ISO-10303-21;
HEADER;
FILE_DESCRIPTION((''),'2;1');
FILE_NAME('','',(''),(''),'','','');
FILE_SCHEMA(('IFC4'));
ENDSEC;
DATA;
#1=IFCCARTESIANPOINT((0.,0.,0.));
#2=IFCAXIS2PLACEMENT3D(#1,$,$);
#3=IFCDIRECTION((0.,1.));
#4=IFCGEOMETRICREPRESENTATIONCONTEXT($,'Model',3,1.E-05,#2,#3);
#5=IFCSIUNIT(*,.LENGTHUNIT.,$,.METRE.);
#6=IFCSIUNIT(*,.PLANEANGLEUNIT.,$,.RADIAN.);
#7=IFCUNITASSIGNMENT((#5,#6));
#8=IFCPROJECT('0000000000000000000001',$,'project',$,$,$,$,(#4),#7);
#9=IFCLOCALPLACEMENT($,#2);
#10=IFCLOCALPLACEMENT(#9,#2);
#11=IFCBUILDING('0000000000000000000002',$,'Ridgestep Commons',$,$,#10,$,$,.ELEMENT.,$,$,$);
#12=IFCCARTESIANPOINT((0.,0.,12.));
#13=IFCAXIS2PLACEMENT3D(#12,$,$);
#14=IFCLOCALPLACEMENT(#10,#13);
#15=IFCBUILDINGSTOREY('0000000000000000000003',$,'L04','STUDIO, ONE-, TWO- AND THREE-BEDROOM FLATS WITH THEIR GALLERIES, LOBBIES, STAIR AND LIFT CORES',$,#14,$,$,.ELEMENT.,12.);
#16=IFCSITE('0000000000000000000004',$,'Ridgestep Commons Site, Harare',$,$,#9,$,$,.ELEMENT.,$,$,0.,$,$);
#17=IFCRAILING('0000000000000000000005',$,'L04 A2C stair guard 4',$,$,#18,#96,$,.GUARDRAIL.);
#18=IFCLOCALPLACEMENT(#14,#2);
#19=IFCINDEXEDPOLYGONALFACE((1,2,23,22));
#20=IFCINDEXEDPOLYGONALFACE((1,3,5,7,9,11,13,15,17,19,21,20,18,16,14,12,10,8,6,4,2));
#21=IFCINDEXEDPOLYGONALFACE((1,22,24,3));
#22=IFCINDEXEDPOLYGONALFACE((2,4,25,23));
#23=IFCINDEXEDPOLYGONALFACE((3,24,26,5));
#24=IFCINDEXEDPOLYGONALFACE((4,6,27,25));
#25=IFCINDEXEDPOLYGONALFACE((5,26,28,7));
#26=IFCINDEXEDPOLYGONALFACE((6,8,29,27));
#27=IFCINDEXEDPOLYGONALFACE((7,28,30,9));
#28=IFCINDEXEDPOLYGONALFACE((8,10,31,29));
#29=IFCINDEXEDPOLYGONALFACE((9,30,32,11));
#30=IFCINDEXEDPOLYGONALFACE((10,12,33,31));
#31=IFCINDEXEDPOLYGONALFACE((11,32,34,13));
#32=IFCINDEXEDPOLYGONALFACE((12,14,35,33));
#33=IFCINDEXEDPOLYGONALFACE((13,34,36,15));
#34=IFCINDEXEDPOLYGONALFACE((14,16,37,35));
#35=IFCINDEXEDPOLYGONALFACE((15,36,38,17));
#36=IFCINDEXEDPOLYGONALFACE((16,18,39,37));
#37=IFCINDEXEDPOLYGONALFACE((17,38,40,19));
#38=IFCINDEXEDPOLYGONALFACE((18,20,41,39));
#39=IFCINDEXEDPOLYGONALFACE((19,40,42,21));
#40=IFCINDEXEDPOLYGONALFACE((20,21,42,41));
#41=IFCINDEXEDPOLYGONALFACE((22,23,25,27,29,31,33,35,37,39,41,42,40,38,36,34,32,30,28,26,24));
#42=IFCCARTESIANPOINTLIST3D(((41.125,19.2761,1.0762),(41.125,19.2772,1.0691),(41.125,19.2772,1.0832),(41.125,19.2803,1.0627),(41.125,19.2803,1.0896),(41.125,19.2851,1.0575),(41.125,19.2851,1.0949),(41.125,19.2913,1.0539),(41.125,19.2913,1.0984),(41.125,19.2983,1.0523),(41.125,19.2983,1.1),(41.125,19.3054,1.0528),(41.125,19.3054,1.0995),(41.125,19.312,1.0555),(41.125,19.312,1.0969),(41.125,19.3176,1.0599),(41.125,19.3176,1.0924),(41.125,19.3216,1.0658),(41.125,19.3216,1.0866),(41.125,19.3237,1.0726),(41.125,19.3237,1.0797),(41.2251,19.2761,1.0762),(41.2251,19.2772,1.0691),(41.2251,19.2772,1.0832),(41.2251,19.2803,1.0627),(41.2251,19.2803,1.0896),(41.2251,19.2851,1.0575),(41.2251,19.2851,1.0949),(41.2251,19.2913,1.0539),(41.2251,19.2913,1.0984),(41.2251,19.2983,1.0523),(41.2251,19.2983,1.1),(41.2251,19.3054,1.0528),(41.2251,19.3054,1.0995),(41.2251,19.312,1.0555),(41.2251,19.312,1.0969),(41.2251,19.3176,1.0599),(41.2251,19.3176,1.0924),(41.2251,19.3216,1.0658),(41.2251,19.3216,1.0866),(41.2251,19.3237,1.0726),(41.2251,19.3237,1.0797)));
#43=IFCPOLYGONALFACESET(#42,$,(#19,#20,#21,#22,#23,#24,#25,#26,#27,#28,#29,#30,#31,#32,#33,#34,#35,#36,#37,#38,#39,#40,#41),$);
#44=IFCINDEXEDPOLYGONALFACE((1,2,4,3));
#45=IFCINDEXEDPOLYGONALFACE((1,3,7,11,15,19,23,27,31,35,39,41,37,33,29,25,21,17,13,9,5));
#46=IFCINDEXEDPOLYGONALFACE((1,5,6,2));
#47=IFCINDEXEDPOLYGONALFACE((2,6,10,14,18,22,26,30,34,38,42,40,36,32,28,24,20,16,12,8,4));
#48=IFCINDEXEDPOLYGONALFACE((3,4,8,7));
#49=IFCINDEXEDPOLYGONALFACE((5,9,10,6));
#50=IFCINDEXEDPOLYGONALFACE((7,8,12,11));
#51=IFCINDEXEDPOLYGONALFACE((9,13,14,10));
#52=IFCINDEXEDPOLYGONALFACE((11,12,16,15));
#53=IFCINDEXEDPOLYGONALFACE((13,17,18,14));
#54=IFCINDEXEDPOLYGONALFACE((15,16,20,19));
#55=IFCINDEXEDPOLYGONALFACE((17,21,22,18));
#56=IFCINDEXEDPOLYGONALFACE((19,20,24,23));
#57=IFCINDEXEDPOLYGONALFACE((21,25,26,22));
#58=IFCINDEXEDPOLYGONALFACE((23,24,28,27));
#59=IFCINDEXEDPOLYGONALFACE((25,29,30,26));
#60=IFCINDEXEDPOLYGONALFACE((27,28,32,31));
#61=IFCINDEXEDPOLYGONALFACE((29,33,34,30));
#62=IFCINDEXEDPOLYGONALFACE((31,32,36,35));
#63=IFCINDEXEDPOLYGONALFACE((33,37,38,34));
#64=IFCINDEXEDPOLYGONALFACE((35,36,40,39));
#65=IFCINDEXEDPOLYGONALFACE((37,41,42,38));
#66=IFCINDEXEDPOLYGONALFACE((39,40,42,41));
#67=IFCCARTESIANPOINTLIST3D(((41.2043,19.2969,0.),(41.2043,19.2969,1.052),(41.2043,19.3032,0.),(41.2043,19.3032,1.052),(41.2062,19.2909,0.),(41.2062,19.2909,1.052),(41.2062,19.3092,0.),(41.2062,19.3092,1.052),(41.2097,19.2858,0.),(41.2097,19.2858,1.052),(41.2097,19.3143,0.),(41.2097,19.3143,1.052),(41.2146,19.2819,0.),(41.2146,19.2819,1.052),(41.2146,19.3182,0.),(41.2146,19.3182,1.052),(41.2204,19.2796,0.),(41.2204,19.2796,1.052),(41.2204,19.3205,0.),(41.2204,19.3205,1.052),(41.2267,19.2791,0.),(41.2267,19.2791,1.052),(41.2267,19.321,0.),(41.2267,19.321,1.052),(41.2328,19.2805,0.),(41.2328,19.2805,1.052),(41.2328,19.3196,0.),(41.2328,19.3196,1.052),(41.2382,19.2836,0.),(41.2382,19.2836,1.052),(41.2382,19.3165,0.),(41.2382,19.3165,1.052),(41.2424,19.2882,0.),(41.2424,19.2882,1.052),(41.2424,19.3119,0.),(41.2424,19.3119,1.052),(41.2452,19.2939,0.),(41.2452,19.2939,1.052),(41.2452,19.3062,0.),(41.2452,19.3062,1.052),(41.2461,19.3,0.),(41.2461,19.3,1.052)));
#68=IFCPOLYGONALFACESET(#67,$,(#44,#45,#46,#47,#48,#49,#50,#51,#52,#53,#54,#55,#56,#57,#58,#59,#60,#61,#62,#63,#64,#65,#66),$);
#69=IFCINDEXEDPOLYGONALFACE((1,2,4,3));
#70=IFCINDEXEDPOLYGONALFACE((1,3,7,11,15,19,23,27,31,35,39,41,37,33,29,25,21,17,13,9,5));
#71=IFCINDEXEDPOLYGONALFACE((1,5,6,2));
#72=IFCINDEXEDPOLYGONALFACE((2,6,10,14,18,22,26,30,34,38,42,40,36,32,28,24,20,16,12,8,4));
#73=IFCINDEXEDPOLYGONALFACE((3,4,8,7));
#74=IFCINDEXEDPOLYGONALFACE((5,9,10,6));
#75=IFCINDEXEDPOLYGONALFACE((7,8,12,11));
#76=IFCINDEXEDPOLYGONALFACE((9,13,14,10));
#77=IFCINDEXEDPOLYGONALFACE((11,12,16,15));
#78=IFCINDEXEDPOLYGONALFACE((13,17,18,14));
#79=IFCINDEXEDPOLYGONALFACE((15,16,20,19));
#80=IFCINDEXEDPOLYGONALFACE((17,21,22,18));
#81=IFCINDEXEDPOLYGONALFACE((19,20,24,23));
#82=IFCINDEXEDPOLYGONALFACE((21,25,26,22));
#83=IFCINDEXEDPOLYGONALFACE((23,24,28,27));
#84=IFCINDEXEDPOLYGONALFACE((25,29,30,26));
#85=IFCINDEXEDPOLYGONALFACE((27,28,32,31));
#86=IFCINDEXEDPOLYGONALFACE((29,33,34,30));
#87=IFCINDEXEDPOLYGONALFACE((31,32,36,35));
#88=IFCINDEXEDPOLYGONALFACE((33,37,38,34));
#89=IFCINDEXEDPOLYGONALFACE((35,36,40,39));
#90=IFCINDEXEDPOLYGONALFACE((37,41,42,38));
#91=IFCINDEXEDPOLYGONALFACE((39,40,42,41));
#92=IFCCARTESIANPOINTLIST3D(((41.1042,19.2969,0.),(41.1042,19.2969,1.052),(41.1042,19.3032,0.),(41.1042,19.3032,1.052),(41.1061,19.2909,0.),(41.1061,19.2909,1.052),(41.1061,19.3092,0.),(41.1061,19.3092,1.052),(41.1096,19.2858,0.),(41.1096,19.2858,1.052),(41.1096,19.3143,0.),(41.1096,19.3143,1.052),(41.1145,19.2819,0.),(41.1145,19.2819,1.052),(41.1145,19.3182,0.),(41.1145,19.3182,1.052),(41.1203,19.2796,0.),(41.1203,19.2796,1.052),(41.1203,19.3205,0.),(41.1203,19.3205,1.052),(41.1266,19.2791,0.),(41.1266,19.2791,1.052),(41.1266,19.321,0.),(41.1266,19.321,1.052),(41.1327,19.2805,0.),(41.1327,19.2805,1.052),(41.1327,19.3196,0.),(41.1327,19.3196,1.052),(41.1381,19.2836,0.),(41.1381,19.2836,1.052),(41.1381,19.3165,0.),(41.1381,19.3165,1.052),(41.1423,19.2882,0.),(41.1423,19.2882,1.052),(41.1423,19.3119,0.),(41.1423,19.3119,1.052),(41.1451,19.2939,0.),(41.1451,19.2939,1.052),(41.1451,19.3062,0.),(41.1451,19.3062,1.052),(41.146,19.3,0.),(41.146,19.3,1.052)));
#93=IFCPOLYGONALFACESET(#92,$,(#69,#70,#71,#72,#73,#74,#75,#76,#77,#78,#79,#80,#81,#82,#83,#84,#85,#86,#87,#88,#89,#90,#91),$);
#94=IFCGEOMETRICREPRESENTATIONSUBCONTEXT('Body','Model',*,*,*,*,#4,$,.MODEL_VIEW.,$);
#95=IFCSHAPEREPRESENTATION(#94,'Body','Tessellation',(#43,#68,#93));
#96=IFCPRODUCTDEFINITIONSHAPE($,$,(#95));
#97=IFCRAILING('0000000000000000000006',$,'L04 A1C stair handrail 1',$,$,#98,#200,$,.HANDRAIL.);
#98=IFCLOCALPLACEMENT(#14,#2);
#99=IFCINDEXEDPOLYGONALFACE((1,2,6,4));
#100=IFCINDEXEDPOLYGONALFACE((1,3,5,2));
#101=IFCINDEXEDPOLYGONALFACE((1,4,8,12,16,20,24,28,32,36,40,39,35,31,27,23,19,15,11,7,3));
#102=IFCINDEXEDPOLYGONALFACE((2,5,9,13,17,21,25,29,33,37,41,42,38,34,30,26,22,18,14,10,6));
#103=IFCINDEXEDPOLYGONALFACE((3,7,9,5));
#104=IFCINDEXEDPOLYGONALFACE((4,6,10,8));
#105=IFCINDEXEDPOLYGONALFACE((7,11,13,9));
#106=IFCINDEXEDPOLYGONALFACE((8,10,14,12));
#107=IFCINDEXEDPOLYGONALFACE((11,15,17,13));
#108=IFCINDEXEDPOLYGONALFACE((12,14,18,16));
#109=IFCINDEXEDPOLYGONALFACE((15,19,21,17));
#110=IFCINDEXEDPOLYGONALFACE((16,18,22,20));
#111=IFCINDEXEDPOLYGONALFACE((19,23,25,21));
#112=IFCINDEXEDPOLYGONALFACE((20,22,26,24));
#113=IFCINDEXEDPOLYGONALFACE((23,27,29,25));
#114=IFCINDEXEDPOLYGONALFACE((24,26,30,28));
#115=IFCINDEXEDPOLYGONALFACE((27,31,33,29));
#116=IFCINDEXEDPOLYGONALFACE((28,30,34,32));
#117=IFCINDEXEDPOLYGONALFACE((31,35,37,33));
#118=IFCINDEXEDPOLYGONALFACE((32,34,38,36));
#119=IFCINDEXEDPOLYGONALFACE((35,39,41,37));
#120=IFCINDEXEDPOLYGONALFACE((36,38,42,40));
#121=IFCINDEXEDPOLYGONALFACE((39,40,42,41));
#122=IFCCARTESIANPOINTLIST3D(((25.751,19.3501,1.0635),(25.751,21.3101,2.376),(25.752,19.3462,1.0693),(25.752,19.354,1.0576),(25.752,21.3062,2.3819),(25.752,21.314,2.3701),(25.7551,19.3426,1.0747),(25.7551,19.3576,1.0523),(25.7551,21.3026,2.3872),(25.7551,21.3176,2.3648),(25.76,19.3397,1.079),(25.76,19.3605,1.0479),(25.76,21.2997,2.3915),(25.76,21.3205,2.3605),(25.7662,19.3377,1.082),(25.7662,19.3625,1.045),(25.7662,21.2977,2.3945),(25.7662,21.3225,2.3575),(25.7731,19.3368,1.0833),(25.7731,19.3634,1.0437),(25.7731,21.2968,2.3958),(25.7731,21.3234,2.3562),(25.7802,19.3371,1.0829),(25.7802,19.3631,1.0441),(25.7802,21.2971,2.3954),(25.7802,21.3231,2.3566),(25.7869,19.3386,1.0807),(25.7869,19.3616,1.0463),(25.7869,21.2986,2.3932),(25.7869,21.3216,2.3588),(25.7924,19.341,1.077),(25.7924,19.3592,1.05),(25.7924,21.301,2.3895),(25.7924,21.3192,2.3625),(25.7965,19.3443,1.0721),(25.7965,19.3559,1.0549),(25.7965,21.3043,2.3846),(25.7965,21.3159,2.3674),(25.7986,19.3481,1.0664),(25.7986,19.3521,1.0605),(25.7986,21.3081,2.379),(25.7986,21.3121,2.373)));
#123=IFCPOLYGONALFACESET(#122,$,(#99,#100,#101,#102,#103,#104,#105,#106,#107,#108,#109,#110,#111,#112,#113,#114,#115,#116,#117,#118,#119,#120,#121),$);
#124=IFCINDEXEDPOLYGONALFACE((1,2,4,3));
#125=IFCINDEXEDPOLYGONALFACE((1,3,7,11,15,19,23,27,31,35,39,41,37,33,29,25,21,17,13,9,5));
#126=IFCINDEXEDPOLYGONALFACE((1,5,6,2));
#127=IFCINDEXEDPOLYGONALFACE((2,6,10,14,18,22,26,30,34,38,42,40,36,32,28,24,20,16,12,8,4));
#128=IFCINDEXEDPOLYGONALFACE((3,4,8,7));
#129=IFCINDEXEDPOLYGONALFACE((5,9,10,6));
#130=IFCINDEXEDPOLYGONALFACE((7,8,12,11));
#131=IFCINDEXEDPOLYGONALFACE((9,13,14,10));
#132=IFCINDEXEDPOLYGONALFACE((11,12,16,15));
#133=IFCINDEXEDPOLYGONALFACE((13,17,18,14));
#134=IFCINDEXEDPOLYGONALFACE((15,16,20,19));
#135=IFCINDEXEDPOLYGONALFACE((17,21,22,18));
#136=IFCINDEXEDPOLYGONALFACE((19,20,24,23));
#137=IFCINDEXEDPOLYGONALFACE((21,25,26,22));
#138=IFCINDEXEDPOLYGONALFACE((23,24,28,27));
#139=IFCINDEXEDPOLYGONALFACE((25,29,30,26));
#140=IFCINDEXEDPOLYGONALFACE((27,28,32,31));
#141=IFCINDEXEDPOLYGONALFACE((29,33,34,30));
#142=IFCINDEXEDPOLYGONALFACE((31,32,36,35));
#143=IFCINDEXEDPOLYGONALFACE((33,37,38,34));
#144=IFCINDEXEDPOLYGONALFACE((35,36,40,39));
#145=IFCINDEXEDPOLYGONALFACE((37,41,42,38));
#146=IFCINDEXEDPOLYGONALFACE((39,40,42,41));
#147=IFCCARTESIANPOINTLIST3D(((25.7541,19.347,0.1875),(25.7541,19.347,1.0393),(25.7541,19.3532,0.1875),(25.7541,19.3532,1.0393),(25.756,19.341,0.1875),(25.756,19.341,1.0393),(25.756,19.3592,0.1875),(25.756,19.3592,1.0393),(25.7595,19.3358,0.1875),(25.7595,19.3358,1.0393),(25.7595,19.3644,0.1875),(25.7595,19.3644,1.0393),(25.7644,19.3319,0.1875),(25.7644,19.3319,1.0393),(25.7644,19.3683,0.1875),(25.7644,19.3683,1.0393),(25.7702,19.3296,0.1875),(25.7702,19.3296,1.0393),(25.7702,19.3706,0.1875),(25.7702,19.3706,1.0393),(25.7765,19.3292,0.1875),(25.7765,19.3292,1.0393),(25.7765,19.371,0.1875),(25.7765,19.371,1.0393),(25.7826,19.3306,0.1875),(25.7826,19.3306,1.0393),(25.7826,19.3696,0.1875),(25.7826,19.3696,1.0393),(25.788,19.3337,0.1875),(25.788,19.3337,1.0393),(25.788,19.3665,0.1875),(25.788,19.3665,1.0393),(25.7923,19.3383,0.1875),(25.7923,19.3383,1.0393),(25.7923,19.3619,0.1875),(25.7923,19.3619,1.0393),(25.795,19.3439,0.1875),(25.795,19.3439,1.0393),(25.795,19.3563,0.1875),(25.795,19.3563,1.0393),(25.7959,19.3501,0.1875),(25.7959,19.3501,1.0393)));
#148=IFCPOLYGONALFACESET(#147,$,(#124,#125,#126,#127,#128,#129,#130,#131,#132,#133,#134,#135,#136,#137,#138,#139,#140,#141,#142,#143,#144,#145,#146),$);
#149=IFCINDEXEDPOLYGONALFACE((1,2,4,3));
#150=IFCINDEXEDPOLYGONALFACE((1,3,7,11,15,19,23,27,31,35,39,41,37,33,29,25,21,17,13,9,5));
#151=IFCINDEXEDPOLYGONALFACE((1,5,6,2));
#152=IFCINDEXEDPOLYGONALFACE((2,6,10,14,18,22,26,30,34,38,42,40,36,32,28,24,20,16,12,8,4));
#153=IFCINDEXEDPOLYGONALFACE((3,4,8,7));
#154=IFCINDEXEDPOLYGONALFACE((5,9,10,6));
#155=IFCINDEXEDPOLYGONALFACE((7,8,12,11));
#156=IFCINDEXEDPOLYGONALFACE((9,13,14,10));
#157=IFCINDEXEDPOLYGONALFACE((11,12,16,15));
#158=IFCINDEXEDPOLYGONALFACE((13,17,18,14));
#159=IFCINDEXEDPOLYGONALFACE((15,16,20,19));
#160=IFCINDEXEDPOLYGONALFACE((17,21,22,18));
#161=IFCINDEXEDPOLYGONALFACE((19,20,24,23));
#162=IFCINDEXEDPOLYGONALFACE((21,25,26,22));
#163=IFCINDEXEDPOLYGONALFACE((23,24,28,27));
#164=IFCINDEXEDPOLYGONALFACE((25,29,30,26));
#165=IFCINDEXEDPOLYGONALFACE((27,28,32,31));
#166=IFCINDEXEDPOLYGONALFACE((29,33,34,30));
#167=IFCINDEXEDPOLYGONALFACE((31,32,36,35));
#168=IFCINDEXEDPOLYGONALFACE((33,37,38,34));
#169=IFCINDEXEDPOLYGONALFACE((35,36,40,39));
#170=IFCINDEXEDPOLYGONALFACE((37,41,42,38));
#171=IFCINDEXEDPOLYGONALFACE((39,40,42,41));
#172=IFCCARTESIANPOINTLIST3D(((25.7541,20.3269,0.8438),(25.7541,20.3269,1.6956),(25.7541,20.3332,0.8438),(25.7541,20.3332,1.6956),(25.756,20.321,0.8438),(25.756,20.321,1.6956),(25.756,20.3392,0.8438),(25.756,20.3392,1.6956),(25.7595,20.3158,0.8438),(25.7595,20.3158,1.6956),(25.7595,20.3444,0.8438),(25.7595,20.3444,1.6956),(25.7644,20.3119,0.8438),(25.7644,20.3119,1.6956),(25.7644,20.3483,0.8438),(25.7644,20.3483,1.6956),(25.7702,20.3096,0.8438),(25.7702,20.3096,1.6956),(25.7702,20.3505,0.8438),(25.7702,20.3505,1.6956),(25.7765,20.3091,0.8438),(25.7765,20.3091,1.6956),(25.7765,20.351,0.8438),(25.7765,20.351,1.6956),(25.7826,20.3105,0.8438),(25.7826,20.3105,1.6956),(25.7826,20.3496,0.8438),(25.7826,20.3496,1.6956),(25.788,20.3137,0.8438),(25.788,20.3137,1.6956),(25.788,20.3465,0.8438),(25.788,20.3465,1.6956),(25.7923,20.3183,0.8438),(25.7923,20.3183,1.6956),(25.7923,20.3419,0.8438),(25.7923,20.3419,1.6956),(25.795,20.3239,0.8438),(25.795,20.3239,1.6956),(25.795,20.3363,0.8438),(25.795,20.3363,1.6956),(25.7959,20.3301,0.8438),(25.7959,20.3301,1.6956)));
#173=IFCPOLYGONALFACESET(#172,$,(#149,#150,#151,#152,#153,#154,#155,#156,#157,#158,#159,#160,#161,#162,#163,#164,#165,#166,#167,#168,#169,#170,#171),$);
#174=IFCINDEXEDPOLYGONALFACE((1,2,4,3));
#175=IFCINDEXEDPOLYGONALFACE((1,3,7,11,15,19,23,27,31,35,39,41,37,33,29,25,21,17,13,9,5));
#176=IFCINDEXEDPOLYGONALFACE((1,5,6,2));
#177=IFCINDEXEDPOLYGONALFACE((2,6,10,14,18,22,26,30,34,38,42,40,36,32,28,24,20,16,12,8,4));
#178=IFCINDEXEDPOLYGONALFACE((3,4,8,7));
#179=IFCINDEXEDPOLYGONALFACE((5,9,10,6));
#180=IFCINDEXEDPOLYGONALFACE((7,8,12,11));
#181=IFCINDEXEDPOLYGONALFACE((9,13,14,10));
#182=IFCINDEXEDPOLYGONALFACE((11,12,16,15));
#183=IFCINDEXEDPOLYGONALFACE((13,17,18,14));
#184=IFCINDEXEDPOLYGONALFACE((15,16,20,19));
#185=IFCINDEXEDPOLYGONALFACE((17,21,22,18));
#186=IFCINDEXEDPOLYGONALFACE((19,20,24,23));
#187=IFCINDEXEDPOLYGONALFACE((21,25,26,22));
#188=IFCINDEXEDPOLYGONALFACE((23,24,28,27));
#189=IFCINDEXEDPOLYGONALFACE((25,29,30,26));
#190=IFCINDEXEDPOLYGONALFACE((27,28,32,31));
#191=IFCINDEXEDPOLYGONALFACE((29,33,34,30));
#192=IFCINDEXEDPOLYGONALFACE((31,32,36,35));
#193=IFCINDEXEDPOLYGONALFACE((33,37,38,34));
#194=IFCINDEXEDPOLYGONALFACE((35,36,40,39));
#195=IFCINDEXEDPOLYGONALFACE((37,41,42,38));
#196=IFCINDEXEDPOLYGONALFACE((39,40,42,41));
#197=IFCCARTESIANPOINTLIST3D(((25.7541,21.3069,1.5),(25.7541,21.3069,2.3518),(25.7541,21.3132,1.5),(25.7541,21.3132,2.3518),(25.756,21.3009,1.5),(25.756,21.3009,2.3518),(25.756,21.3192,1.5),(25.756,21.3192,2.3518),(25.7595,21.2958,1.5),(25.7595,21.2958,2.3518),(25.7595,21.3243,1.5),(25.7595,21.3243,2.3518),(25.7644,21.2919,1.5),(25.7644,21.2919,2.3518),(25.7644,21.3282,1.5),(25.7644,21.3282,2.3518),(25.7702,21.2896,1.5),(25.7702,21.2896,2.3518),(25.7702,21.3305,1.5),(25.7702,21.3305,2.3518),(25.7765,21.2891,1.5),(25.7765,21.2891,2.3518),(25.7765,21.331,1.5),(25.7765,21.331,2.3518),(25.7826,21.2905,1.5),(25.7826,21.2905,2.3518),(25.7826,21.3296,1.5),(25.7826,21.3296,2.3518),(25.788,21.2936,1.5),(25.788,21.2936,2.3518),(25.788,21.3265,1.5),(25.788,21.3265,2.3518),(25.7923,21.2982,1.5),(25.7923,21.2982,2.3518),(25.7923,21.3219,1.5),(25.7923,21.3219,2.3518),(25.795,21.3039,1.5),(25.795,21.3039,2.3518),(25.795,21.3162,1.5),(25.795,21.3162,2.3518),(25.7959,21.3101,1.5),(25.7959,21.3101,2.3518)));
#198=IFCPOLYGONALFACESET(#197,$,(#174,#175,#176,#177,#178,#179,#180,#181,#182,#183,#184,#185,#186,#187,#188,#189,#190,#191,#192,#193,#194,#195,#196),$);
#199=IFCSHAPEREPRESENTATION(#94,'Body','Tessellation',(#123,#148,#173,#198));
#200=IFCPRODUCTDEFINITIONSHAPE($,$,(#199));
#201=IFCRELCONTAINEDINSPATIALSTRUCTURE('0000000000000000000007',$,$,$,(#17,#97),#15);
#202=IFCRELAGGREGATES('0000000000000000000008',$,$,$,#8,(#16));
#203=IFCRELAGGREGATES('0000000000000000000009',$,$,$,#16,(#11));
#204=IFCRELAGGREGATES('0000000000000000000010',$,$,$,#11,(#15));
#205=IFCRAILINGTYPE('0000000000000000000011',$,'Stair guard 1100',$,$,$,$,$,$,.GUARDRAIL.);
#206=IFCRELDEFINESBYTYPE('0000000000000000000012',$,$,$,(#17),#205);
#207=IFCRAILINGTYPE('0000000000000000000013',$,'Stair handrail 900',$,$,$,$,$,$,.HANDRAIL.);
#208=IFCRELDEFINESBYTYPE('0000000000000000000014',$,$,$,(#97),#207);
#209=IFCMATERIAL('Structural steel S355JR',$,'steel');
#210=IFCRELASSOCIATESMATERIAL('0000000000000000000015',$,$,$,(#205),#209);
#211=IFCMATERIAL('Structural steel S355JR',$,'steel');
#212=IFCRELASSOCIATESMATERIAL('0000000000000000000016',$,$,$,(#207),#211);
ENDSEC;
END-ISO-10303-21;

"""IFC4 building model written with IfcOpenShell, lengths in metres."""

from ifc_helpers import new_model, si_unit, direction, frame, origin, origin_2d, place, context, subcontext, project, spatial, circle, extrude, material, type_object, element, save


model = new_model("IFC4")

# Units and contexts
model_context = context("Model", 3, precision=1e-05, world=origin(), true_north=direction((0.0, 1.0)))
body_context = subcontext(model_context, "Body", "Model", "MODEL_VIEW")
ifc_project = project(units=[si_unit("LENGTHUNIT", "METRE"), si_unit("PLANEANGLEUNIT", "RADIAN")], contexts=[model_context])

# Site, building, storey
site_placement = place(None, origin())
site = spatial("IfcSite", under=ifc_project, at=site_placement, Name="Ridgestep Commons Site, Harare", CompositionType="ELEMENT", RefElevation=0.0)
building_placement = place(site_placement, origin())
building = spatial("IfcBuilding", under=site, at=building_placement, Name="Ridgestep Commons", CompositionType="ELEMENT")
storey_placement = place(building_placement, frame((0.0, 0.0, 12.0)))
storey = spatial("IfcBuildingStorey", under=building, at=storey_placement, Name="L04", Description="STUDIO, ONE-, TWO- AND THREE-BEDROOM FLATS WITH THEIR GALLERIES, LOBBIES, STAIR AND LIFT CORES", CompositionType="ELEMENT", Elevation=12.0)

# Railings
ifc_material_1 = material(Name="Structural steel S355JR", Category="steel")
railing_type_1 = type_object("IfcRailingType", Name="Stair guard 1100", PredefinedType="GUARDRAIL", material=ifc_material_1)
railing_1_placement = place(storey_placement, frame((41.2251, 19.3, 0.0)))
element("IfcRailing", 1, at=railing_1_placement, inside=storey, type_object=railing_type_1, Name="L04 A2C stair guard 4", PredefinedType="GUARDRAIL", context=body_context, shape_type="SweptSolid", body=[
    extrude(circle(Radius=0.0239, at=origin_2d()), frame((0.0, 0.0, 1.0762), z_axis=(-1.0, 0.0, 0.0), x_axis=(0.0, -1.0, 0.0)), (0.0, 0.0, 1.0), 0.1001),
    extrude(circle(Radius=0.021, at=origin_2d()), origin(), (0.0, 0.0, 1.0), 1.052),
    extrude(circle(Radius=0.021, at=origin_2d()), frame((-0.1001, 0.0, 0.0)), (0.0, 0.0, 1.0), 1.052),
])
ifc_material_2 = material(Name="Structural steel S355JR", Category="steel")
railing_type_2 = type_object("IfcRailingType", Name="Stair handrail 900", PredefinedType="HANDRAIL", material=ifc_material_2)
railing_2_placement = place(storey_placement, frame((25.7749, 19.3501, 0.1875)))
element("IfcRailing", 2, at=railing_2_placement, inside=storey, type_object=railing_type_2, Name="L04 A1C stair handrail 1", PredefinedType="HANDRAIL", context=body_context, shape_type="SweptSolid", body=[
    extrude(circle(Radius=0.0239, at=origin_2d()), frame((0.0, 0.0, 0.876), z_axis=(0.0, 0.830902, 0.556419), x_axis=(-1.0, 0.0, 0.0)), (0.0, 0.0, 1.0), 2.3589),
    extrude(circle(Radius=0.021, at=origin_2d()), origin(), (0.0, 0.0, 1.0), 0.8518),
    extrude(circle(Radius=0.021, at=origin_2d()), frame((0.0, 0.98, 0.6562)), (0.0, 0.0, 1.0), 0.8518),
    extrude(circle(Radius=0.021, at=origin_2d()), frame((0.0, 1.96, 1.3125)), (0.0, 0.0, 1.0), 0.8518),
])

save(model, "model.ifc")
